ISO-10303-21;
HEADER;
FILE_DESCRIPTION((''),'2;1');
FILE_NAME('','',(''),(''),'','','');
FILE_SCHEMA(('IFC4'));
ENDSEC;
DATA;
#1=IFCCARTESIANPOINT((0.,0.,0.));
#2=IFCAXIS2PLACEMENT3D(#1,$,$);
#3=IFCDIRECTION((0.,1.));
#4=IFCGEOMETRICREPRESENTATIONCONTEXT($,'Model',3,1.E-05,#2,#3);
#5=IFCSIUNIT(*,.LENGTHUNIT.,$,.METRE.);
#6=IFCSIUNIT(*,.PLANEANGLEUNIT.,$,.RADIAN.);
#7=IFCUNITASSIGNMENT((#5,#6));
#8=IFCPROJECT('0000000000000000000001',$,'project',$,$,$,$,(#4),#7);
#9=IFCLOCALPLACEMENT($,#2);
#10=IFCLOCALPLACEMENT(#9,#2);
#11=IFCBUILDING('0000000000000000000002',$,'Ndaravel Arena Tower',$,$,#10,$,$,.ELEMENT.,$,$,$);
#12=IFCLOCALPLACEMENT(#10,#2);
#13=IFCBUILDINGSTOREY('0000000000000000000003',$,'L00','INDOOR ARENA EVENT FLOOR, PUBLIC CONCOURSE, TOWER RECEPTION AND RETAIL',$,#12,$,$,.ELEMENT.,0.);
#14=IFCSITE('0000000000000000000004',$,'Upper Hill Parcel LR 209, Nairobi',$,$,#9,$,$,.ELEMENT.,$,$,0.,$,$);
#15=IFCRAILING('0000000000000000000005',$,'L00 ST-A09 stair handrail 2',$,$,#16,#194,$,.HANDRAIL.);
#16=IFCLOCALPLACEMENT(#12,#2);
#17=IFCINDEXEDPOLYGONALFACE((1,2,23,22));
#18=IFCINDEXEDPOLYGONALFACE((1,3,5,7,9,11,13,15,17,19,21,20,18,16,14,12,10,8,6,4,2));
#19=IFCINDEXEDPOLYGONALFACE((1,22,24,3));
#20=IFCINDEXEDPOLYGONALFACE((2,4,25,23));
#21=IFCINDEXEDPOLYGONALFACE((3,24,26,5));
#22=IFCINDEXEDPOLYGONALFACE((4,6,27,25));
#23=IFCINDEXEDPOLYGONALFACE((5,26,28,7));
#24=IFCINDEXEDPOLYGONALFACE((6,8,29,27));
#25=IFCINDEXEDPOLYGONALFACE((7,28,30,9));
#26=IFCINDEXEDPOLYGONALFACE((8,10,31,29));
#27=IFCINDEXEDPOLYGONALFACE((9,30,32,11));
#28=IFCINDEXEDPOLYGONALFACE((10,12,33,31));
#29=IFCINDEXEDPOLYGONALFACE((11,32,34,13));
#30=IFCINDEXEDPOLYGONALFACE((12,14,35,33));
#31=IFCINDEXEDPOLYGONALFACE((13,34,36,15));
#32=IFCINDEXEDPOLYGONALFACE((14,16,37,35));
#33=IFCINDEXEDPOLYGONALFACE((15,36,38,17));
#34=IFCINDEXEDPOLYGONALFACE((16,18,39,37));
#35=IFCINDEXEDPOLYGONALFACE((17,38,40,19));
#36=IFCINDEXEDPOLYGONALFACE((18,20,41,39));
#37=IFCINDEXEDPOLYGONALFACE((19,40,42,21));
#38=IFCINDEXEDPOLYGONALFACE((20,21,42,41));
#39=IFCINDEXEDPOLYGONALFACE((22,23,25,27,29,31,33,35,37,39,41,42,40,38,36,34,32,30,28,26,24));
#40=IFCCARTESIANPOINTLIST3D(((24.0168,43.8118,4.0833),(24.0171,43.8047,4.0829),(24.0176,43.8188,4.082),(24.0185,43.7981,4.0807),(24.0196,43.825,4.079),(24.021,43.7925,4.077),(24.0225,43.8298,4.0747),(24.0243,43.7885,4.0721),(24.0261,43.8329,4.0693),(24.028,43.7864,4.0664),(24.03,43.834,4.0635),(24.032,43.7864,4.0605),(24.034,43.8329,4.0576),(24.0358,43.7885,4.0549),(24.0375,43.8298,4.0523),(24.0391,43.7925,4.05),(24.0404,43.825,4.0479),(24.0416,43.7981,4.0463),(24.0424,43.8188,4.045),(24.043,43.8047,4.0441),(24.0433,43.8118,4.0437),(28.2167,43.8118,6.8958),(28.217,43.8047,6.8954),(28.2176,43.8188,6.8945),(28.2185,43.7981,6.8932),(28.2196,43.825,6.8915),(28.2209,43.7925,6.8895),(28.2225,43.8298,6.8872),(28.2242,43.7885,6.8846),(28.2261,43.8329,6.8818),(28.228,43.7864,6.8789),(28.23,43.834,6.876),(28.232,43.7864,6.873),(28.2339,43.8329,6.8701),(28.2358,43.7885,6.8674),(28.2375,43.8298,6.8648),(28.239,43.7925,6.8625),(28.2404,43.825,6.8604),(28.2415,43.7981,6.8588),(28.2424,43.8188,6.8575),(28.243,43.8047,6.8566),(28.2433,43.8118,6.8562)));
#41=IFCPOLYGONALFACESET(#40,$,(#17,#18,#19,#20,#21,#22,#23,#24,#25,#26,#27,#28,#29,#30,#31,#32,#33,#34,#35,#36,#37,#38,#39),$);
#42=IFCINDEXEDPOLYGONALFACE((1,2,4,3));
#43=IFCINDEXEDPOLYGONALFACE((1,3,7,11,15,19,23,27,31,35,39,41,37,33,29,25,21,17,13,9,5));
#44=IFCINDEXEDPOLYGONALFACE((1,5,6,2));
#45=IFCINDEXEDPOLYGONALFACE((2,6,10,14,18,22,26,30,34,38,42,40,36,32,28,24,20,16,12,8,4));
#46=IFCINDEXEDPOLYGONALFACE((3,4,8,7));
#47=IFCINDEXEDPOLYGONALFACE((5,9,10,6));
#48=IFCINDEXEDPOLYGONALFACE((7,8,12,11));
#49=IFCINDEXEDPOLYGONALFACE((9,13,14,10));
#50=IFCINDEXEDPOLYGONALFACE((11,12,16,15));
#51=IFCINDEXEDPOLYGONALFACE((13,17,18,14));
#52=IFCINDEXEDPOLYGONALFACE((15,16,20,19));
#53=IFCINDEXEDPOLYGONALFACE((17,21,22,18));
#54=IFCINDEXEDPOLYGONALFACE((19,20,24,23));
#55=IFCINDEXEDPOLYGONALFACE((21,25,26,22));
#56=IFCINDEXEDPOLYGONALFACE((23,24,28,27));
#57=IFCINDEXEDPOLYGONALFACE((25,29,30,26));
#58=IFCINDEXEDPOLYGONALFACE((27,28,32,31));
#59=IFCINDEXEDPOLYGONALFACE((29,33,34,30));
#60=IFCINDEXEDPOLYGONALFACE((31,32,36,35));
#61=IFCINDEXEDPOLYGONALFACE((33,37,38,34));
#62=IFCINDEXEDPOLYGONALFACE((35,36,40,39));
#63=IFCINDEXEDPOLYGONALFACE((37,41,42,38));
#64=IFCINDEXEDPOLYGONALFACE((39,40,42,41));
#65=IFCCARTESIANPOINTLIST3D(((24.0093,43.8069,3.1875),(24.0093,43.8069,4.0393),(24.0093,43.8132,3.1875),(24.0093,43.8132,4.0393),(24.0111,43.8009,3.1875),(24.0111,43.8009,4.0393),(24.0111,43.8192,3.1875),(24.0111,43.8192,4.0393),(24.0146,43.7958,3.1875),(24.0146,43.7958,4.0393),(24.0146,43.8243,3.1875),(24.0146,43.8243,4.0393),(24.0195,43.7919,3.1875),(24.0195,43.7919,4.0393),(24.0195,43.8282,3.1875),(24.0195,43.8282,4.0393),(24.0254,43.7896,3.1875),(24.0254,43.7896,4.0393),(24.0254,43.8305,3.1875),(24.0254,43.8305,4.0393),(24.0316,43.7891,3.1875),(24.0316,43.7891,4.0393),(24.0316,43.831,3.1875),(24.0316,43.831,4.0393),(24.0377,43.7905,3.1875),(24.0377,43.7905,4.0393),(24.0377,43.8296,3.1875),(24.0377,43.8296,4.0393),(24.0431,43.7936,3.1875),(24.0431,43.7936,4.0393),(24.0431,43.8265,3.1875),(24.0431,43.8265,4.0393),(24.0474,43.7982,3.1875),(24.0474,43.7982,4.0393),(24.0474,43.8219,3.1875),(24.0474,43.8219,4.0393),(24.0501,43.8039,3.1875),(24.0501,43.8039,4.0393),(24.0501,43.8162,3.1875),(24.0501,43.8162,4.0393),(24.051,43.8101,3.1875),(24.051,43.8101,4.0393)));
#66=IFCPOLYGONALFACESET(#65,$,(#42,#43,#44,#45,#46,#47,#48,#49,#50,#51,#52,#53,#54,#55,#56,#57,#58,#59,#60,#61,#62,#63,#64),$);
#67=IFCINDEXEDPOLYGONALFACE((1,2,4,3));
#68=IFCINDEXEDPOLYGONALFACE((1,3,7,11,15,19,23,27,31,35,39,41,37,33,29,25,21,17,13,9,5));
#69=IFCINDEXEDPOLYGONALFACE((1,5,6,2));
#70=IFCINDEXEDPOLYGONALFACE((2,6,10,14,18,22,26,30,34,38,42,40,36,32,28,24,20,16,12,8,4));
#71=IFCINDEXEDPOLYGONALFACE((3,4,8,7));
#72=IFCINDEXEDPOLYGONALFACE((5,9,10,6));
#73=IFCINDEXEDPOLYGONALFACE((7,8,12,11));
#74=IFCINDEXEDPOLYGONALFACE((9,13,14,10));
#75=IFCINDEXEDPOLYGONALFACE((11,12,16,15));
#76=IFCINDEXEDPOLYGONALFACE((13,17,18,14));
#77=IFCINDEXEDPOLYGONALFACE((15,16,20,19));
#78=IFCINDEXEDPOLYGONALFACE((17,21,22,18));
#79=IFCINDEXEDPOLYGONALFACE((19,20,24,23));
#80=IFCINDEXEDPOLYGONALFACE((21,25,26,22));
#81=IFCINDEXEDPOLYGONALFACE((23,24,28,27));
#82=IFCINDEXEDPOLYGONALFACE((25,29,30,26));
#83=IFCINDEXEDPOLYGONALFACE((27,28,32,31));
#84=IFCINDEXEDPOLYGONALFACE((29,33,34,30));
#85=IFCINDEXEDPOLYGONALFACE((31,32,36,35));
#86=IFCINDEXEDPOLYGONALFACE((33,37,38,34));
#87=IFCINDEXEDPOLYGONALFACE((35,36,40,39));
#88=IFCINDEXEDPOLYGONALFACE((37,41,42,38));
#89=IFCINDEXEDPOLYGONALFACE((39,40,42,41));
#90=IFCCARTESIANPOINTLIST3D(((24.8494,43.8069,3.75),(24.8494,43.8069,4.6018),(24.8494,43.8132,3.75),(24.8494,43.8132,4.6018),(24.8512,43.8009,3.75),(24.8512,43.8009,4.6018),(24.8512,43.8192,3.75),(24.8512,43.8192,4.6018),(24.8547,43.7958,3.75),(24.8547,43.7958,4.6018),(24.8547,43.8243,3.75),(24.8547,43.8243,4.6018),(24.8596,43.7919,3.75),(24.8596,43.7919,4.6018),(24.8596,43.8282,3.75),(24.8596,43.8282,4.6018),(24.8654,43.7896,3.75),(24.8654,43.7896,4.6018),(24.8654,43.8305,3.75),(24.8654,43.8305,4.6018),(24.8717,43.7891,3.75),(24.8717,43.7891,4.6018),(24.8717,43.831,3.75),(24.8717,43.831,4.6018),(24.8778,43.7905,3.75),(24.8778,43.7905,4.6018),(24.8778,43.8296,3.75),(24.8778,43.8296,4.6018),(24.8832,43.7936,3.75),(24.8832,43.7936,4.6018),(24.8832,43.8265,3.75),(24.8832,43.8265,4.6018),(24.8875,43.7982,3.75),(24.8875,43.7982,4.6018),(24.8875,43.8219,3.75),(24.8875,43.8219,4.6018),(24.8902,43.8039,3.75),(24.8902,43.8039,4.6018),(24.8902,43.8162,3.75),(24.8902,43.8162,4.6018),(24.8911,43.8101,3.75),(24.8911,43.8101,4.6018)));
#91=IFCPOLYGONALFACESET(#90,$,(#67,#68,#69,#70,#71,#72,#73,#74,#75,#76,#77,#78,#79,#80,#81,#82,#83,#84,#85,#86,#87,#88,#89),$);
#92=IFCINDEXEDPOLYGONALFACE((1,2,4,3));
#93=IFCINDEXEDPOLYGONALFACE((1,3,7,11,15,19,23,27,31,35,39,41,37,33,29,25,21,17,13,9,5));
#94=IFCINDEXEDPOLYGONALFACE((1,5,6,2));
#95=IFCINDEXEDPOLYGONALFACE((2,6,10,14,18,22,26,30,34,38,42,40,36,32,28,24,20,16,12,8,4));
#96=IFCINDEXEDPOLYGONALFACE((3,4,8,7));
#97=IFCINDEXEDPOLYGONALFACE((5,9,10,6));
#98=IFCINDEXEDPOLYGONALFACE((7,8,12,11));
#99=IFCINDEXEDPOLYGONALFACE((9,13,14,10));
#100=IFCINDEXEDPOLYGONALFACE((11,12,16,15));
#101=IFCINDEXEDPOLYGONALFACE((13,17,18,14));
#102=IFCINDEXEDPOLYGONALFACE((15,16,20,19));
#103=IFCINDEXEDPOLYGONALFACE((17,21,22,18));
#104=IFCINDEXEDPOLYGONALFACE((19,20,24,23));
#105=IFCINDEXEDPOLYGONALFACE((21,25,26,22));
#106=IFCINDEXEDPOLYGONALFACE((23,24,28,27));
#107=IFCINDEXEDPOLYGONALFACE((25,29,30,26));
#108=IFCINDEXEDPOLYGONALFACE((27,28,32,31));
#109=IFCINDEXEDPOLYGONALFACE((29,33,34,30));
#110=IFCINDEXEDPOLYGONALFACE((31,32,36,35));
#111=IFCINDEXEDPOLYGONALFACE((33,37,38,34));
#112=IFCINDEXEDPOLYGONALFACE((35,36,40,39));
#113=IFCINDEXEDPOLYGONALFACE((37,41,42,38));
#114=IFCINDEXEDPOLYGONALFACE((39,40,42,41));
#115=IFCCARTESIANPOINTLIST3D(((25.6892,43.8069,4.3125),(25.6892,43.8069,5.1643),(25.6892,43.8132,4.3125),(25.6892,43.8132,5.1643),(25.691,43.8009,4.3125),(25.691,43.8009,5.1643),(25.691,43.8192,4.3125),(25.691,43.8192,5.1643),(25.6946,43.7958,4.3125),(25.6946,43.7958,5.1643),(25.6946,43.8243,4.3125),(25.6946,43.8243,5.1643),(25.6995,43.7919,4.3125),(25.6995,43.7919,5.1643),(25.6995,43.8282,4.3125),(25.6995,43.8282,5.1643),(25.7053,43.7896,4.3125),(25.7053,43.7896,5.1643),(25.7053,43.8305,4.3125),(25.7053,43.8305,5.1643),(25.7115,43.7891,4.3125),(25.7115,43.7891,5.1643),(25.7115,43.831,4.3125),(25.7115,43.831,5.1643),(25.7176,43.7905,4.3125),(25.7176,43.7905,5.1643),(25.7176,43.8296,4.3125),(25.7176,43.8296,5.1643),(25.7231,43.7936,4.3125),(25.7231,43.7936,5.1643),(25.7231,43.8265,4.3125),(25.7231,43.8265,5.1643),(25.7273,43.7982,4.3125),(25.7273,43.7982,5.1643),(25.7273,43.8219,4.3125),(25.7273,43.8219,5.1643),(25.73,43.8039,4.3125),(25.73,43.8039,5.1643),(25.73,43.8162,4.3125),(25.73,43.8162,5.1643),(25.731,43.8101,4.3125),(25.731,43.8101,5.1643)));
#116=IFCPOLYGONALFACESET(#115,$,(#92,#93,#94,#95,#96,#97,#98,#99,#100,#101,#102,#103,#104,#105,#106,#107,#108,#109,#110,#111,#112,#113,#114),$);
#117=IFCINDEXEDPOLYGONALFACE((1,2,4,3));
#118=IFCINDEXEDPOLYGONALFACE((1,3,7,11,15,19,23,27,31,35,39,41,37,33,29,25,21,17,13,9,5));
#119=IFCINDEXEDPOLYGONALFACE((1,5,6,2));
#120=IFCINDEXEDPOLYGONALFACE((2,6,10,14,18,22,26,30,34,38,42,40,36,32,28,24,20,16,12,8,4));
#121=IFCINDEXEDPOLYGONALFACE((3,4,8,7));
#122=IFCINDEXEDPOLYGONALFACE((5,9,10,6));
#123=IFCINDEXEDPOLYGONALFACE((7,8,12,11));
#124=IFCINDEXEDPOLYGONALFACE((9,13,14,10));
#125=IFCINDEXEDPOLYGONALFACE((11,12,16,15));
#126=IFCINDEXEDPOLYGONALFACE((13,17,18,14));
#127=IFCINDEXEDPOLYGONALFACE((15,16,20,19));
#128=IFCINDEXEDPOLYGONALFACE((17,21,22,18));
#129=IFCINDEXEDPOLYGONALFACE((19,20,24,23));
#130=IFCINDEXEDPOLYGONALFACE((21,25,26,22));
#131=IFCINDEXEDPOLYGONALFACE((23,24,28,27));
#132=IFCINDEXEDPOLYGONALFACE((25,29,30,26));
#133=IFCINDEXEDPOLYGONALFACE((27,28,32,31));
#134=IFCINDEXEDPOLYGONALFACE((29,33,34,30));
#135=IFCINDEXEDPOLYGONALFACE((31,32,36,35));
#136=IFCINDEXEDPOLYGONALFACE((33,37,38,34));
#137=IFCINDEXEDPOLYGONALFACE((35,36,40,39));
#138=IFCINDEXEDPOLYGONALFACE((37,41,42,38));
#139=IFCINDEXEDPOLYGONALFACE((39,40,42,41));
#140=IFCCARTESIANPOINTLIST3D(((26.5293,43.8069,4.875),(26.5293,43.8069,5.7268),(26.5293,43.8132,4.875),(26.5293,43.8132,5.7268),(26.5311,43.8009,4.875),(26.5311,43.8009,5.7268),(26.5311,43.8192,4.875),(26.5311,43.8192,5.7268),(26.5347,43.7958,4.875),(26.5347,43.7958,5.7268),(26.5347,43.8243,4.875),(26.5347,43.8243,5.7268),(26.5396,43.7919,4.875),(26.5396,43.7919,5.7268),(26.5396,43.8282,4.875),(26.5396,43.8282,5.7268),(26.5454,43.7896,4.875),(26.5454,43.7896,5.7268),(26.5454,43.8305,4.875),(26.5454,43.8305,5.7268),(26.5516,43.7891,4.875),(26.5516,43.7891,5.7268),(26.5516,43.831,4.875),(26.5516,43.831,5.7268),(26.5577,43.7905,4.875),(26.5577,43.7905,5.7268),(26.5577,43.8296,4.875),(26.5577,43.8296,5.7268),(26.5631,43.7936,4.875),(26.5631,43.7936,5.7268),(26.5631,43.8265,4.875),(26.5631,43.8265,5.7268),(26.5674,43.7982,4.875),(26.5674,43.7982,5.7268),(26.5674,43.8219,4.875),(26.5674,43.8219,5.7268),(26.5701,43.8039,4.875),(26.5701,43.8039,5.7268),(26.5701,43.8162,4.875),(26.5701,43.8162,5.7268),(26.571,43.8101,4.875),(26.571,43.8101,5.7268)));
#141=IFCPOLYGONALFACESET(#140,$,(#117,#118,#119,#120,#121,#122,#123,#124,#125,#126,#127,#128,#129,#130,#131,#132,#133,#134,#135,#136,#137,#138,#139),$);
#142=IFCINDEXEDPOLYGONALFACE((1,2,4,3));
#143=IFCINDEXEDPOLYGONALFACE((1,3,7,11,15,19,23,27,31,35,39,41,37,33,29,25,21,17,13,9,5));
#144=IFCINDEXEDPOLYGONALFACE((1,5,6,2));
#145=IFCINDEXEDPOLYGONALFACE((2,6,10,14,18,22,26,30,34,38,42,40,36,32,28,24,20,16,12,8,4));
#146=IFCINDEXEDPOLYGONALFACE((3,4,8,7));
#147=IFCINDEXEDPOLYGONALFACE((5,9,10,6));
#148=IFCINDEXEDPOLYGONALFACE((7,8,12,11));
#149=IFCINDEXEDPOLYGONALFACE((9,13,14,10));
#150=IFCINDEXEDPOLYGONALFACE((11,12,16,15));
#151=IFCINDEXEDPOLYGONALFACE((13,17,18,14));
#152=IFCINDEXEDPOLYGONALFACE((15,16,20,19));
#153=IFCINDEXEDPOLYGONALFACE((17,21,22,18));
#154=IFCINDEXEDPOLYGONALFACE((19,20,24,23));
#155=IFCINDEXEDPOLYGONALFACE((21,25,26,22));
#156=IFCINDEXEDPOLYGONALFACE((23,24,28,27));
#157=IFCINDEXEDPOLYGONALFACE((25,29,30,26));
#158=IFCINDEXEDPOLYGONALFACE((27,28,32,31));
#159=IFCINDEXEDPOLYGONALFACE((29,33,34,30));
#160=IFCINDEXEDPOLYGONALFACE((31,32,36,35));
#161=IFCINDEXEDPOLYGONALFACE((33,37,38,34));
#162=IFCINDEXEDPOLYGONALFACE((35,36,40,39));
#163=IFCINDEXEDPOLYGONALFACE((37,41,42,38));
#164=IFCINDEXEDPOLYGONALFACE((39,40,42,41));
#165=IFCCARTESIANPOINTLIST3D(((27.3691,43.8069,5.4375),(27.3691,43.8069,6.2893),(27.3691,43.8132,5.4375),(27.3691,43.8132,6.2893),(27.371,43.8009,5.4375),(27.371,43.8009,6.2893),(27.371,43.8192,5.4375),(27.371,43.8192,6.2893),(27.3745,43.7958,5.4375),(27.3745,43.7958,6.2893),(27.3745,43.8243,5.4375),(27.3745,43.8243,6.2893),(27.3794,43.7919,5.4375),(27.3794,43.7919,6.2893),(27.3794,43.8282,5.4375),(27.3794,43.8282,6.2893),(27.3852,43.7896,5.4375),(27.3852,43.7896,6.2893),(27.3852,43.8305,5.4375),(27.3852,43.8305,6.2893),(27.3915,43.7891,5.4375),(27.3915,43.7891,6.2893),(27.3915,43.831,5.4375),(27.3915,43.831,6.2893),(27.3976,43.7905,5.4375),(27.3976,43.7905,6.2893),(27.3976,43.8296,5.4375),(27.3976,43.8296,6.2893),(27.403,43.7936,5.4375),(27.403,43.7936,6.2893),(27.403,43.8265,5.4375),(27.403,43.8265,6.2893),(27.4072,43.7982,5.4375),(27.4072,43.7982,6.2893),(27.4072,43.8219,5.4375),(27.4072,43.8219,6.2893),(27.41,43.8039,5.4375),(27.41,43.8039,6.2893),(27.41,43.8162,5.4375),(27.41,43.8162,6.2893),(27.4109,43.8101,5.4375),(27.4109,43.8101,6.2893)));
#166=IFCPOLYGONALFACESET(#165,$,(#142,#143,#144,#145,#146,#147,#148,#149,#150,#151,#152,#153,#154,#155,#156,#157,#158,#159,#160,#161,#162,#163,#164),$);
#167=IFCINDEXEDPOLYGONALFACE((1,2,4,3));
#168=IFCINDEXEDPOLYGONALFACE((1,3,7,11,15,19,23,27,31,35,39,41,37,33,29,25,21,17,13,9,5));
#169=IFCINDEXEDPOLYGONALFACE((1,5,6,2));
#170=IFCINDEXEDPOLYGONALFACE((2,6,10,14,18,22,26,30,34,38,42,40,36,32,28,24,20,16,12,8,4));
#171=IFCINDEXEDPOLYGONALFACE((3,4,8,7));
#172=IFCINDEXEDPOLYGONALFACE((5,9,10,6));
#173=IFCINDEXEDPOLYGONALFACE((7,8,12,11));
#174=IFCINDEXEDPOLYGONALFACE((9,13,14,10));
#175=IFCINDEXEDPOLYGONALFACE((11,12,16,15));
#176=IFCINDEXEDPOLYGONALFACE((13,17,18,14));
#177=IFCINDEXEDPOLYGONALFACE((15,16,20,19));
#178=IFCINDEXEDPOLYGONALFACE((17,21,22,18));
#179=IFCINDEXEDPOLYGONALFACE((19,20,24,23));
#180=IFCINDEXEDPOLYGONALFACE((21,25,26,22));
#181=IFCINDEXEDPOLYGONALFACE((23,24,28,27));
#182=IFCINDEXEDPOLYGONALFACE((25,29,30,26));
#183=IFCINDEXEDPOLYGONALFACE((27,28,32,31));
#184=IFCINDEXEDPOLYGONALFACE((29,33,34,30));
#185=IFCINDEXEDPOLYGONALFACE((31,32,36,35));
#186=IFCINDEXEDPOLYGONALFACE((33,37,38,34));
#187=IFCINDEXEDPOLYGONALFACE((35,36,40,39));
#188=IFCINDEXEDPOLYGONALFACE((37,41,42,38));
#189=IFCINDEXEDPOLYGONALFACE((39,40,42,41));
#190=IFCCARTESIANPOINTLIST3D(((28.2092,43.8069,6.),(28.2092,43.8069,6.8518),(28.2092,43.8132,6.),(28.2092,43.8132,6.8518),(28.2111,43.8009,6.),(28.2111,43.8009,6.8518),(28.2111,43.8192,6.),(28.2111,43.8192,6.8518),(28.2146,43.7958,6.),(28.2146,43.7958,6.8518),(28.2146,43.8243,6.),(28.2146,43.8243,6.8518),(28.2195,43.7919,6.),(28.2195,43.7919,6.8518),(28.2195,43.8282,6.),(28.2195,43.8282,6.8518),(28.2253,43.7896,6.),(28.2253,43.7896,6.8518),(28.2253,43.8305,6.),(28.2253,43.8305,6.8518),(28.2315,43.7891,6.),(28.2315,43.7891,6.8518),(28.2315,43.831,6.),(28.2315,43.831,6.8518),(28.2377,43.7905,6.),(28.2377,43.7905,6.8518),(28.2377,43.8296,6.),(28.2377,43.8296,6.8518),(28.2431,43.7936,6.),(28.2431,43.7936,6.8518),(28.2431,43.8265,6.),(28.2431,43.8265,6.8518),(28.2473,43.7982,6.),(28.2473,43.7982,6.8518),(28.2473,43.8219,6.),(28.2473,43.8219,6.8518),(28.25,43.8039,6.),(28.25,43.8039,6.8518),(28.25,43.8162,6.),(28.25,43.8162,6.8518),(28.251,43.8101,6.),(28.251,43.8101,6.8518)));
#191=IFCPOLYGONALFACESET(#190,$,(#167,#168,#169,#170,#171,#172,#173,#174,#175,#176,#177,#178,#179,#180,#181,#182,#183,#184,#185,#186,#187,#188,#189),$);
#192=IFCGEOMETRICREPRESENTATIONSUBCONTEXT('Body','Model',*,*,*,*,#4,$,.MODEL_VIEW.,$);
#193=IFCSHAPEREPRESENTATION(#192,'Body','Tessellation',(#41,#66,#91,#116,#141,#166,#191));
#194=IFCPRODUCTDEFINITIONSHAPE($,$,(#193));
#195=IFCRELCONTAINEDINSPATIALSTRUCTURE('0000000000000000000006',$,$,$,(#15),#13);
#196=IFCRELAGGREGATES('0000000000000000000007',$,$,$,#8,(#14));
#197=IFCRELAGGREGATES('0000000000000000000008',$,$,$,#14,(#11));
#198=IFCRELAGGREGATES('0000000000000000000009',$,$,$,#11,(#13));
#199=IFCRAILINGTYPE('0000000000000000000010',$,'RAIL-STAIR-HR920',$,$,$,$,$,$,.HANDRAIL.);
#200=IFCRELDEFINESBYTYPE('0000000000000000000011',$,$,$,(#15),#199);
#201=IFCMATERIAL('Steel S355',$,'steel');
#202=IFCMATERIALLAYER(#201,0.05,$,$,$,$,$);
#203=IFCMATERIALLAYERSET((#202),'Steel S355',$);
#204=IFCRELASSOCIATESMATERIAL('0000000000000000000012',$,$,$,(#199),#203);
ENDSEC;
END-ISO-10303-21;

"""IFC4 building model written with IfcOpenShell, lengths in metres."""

from ifc_helpers import new_model, si_unit, direction, frame, origin, origin_2d, place, context, subcontext, project, spatial, circle, extrude, material, layer, layer_set, type_object, element, save


model = new_model("IFC4")

# Units and contexts
model_context = context("Model", 3, precision=1e-05, world=origin(), true_north=direction((0.0, 1.0)))
body_context = subcontext(model_context, "Body", "Model", "MODEL_VIEW")
ifc_project = project(units=[si_unit("LENGTHUNIT", "METRE"), si_unit("PLANEANGLEUNIT", "RADIAN")], contexts=[model_context])

# Site, building, storey
site_placement = place(None, origin())
site = spatial("IfcSite", under=ifc_project, at=site_placement, Name="Upper Hill Parcel LR 209, Nairobi", CompositionType="ELEMENT", RefElevation=0.0)
building_placement = place(site_placement, origin())
building = spatial("IfcBuilding", under=site, at=building_placement, Name="Ndaravel Arena Tower", CompositionType="ELEMENT")
storey_placement = place(building_placement, origin())
storey = spatial("IfcBuildingStorey", under=building, at=storey_placement, Name="L00", Description="INDOOR ARENA EVENT FLOOR, PUBLIC CONCOURSE, TOWER RECEPTION AND RETAIL", CompositionType="ELEMENT", Elevation=0.0)

# Railing
ifc_material_1 = material(Name="Steel S355", Category="steel")
ifc_layer_1 = layer(ifc_material_1, 0.05)
ifc_layer_set_1 = layer_set([ifc_layer_1], Name="Steel S355")
railing_type_1 = type_object("IfcRailingType", Name="RAIL-STAIR-HR920", PredefinedType="HANDRAIL", material=ifc_layer_set_1)
railing_1_placement = place(storey_placement, frame((24.03, 43.8101, 3.1875)))
element("IfcRailing", 1, at=railing_1_placement, inside=storey, type_object=railing_type_1, Name="L00 ST-A09 stair handrail 2", PredefinedType="HANDRAIL", context=body_context, shape_type="SweptSolid", body=[
    extrude(circle(Radius=0.0239, at=origin_2d()), frame((0.0, 0.0, 0.876), z_axis=(0.830904, 0.0, 0.556416), x_axis=(0.0, 1.0, 0.0)), (0.0, 0.0, 1.0), 5.0547),
    extrude(circle(Radius=0.021, at=origin_2d()), origin(), (0.0, 0.0, 1.0), 0.8518),
    extrude(circle(Radius=0.021, at=origin_2d()), frame((0.8401, 0.0, 0.5625)), (0.0, 0.0, 1.0), 0.8518),
    extrude(circle(Radius=0.021, at=origin_2d()), frame((1.6799, 0.0, 1.125)), (0.0, 0.0, 1.0), 0.8518),
    extrude(circle(Radius=0.021, at=origin_2d()), frame((2.52, 0.0, 1.6875)), (0.0, 0.0, 1.0), 0.8518),
    extrude(circle(Radius=0.021, at=origin_2d()), frame((3.3599, 0.0, 2.25)), (0.0, 0.0, 1.0), 0.8518),
    extrude(circle(Radius=0.021, at=origin_2d()), frame((4.2, 0.0, 2.8125)), (0.0, 0.0, 1.0), 0.8518),
])

save(model, "model.ifc")
